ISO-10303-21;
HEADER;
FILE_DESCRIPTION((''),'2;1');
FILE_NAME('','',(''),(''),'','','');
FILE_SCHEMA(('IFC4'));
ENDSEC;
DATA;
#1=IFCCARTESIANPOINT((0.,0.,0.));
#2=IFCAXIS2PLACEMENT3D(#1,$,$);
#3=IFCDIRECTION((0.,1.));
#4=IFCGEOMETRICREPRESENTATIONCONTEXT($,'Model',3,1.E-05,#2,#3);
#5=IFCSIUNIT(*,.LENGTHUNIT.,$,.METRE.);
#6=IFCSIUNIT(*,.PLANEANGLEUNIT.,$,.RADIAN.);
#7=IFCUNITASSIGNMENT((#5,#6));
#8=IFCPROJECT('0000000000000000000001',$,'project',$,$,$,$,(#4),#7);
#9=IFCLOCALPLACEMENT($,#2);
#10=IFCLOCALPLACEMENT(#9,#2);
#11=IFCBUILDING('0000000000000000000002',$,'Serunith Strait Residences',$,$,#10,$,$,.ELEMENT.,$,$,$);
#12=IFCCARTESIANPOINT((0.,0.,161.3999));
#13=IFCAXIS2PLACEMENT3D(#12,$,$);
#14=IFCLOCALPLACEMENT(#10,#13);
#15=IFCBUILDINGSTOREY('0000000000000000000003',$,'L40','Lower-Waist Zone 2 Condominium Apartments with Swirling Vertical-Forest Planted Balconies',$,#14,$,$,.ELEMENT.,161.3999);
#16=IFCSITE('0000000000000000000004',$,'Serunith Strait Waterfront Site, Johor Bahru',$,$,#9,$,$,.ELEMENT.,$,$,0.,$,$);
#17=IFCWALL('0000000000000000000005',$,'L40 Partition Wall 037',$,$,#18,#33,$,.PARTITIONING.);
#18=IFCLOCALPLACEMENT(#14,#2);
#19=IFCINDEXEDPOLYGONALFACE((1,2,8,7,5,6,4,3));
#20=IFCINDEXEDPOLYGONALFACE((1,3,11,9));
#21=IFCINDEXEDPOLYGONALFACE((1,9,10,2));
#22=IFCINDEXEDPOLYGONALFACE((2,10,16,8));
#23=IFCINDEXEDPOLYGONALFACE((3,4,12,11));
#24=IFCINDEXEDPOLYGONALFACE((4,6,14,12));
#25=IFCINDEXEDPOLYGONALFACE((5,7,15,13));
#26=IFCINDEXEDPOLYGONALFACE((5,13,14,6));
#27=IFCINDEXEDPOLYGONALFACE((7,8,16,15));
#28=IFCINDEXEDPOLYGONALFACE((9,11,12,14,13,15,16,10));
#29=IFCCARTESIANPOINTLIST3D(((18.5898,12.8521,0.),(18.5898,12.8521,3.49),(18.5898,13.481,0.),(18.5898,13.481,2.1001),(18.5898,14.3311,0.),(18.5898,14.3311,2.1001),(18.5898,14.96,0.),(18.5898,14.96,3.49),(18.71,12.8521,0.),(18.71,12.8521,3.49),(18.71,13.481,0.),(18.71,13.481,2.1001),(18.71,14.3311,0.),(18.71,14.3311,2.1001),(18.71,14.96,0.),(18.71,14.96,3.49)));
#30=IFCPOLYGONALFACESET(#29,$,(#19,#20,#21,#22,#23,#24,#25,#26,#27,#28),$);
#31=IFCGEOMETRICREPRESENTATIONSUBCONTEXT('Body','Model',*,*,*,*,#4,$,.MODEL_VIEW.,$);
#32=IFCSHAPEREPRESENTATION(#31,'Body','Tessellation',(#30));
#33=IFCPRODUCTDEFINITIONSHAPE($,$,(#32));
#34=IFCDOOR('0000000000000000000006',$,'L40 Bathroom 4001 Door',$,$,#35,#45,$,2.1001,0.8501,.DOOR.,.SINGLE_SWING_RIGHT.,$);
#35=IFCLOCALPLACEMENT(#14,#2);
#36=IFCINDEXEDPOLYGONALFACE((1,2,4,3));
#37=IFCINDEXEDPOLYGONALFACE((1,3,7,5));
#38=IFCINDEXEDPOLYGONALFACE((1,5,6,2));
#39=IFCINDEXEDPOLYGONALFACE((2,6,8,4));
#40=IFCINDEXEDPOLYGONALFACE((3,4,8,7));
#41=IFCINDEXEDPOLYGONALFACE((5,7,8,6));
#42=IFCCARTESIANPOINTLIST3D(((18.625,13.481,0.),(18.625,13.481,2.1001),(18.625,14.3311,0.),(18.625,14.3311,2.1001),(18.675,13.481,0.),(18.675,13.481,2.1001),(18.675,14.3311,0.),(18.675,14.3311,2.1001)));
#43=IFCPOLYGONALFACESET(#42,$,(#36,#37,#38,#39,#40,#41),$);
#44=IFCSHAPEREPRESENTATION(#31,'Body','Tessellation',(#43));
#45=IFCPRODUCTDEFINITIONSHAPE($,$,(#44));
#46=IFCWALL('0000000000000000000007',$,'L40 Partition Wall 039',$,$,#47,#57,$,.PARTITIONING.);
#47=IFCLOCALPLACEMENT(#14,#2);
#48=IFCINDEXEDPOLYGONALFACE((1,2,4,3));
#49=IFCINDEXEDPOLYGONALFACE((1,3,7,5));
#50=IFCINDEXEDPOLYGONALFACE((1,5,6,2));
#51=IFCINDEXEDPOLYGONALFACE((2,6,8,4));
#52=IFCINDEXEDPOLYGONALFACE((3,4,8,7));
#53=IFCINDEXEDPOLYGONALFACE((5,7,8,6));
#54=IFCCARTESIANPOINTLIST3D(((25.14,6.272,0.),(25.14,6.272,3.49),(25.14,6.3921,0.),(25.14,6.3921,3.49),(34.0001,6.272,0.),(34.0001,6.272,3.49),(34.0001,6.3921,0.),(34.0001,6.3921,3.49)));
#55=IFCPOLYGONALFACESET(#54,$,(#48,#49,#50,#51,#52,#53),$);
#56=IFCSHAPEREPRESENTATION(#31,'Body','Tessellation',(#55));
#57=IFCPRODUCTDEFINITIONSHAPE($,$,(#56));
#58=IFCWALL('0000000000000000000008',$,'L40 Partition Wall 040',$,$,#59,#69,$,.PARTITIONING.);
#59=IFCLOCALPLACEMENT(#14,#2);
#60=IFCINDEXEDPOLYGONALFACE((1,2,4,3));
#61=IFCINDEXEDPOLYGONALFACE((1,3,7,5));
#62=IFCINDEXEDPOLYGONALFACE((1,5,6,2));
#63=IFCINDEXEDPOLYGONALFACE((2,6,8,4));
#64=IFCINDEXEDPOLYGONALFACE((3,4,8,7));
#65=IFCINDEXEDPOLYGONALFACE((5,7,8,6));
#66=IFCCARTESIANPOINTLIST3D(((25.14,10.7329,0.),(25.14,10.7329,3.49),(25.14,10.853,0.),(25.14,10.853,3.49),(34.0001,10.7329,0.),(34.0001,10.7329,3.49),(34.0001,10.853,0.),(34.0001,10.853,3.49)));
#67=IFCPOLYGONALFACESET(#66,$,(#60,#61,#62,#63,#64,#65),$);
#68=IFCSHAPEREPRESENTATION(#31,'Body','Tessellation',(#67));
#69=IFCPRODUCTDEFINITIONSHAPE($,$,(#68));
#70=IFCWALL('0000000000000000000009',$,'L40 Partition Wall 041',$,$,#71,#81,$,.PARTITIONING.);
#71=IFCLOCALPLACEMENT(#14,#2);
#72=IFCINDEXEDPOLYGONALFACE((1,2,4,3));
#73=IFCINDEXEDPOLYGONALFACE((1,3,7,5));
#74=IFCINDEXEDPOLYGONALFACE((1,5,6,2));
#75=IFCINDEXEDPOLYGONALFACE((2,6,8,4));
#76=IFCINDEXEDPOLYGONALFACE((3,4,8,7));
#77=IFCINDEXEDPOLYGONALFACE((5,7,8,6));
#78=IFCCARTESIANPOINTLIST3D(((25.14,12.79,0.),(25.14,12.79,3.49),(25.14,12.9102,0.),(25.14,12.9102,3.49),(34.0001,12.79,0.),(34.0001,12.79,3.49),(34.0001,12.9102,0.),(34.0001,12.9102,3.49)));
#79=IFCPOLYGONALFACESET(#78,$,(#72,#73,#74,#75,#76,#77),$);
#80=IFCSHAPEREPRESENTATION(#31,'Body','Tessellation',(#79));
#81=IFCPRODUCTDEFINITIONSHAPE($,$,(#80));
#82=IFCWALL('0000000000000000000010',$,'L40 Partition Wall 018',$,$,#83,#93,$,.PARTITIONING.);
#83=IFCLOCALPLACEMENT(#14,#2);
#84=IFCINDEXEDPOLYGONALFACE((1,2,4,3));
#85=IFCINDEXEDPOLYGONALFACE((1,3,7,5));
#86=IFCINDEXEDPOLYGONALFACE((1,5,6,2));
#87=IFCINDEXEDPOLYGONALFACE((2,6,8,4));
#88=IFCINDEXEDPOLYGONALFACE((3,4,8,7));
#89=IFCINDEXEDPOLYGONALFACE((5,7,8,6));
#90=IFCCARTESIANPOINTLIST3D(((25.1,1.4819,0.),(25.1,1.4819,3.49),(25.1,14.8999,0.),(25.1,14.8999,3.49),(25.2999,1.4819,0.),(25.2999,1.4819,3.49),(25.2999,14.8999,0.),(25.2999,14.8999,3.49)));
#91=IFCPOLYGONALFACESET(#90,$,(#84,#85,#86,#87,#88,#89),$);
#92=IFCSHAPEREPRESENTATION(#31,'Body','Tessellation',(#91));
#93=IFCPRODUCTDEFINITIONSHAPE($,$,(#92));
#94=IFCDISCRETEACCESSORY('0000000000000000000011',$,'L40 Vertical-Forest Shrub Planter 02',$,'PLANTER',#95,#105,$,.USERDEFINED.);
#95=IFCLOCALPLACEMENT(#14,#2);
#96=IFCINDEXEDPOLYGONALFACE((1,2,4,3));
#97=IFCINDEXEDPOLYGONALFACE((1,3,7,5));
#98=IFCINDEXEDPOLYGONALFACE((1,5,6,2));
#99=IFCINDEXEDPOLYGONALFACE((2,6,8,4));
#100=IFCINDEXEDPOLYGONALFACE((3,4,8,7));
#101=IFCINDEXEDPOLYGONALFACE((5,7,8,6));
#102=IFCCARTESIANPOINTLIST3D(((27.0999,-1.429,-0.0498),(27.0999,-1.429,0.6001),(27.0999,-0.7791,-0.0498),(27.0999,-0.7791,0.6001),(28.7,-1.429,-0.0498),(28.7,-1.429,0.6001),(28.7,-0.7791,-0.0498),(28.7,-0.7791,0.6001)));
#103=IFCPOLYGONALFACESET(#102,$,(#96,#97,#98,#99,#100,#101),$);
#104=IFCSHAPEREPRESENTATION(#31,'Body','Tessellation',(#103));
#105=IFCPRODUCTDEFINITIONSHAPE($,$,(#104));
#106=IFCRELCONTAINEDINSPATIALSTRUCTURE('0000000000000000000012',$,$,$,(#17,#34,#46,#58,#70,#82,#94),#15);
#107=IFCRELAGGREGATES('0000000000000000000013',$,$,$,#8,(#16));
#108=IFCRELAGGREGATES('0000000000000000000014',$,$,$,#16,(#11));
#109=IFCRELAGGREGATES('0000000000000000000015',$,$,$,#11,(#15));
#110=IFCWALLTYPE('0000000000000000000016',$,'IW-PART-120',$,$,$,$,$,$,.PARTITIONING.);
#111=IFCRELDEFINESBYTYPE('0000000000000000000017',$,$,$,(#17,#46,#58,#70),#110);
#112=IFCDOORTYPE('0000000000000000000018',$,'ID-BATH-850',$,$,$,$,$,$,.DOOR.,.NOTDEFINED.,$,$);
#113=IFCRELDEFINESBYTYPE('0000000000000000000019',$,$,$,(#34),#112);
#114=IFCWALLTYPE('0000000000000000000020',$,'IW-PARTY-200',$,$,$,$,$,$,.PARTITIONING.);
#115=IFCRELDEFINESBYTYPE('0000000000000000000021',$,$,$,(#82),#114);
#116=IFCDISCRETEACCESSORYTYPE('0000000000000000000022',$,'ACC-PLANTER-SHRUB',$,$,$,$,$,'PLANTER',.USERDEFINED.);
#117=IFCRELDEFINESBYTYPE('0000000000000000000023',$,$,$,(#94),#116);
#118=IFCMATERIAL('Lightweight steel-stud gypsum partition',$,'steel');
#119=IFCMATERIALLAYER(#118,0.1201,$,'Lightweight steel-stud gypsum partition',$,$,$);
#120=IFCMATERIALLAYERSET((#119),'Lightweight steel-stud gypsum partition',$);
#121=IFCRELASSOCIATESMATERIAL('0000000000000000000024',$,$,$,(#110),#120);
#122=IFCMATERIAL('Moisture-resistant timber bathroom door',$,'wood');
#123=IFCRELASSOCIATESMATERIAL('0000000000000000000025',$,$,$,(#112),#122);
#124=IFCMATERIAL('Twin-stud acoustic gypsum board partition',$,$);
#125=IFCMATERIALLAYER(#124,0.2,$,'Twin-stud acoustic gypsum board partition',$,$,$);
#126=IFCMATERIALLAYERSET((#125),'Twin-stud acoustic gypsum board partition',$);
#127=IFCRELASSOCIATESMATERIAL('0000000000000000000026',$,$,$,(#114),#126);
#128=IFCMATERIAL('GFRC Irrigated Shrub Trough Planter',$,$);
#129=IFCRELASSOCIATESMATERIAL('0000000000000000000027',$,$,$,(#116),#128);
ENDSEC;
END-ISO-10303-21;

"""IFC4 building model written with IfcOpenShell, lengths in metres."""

from ifc_helpers import new_model, si_unit, direction, frame, frame_2d, origin, origin_2d, place, context, subcontext, project, spatial, rectangle, extrude, source, transform, mapped, material, layer, layer_set, type_object, element, fill, save


model = new_model("IFC4")

# Units and contexts
model_context = context("Model", 3, precision=1e-05, world=origin(), true_north=direction((0.0, 1.0)))
body_context = subcontext(model_context, "Body", "Model", "MODEL_VIEW")
ifc_project = project(units=[si_unit("LENGTHUNIT", "METRE"), si_unit("PLANEANGLEUNIT", "RADIAN")], contexts=[model_context])

# Site, building, storey
site_placement = place(None, origin())
site = spatial("IfcSite", under=ifc_project, at=site_placement, Name="Serunith Strait Waterfront Site, Johor Bahru", CompositionType="ELEMENT", RefElevation=0.0)
building_placement = place(site_placement, origin())
building = spatial("IfcBuilding", under=site, at=building_placement, Name="Serunith Strait Residences", CompositionType="ELEMENT")
storey_placement = place(building_placement, frame((0.0, 0.0, 161.3999)))
storey = spatial("IfcBuildingStorey", under=building, at=storey_placement, Name="L40", Description="Lower-Waist Zone 2 Condominium Apartments with Swirling Vertical-Forest Planted Balconies", CompositionType="ELEMENT", Elevation=161.3999)

# Shared definitions
ifc_material_1 = material(Name="Lightweight steel-stud gypsum partition", Category="steel")
ifc_layer_1 = layer(ifc_material_1, 0.1201, Name="Lightweight steel-stud gypsum partition")
ifc_layer_set_1 = layer_set([ifc_layer_1], Name="Lightweight steel-stud gypsum partition")
wall_type_1 = type_object("IfcWallType", Name="IW-PART-120", PredefinedType="PARTITIONING", material=ifc_layer_set_1)
shared_shape_1 = source(origin(), body_context, "Body", "SweptSolid", [
    extrude(rectangle(XDim=0.8501, YDim=2.1001, at=frame_2d((0.425, 1.05))), frame((0.0, 0.0249, 0.0), z_axis=(0.0, -1.0, 0.0), x_axis=(1.0, 0.0, 0.0)), (0.0, 0.0, 1.0), 0.05),
])

# Wall, opening, door
wall_1_placement = place(storey_placement, frame((18.6499, 12.8521, 0.0), z_axis=(0.0, 0.0, 1.0), x_axis=(0.0, 1.0, 0.0)))
wall_1 = element("IfcWall", 1, at=wall_1_placement, inside=storey, type_object=wall_type_1, Name="L40 Partition Wall 037", PredefinedType="PARTITIONING", context=body_context, shape_type="SweptSolid", body=[
    extrude(rectangle(XDim=2.1079, YDim=0.1201, at=frame_2d((1.054, 0.0))), origin(), (0.0, 0.0, 1.0), 3.49),
])
opening_1_placement = place(wall_1_placement, frame((0.6289, 0.0, 0.0)))
opening_1 = element("IfcOpeningElement", 2, at=opening_1_placement, cuts=wall_1, PredefinedType="OPENING", context=body_context, shape_type="SweptSolid", body=[
    extrude(rectangle(XDim=0.8501, YDim=2.1001, at=frame_2d((0.425, 1.05))), frame((0.0, 0.0701, 0.0), z_axis=(0.0, -1.0, 0.0), x_axis=(1.0, 0.0, 0.0)), (0.0, 0.0, 1.0), 0.1401),
])
ifc_material_2 = material(Name="Moisture-resistant timber bathroom door", Category="wood")
door_type_1 = type_object("IfcDoorType", Name="ID-BATH-850", OperationType="NOTDEFINED", PredefinedType="DOOR", material=ifc_material_2)
door_1_placement = place(opening_1_placement, origin())
door_1 = element("IfcDoor", 3, at=door_1_placement, inside=storey, type_object=door_type_1, Name="L40 Bathroom 4001 Door", OperationType="SINGLE_SWING_RIGHT", OverallHeight=2.1001, OverallWidth=0.8501, PredefinedType="DOOR", context=body_context, shape_type="MappedRepresentation", body=[
    mapped(shared_shape_1, transform((0.0, 0.0, 0.0), scale=1.0)),
])
fill(opening_1, door_1)

# Walls
for number, where, z_axis, x_axis, name in (
    (4, (25.1399, 6.332, 0.0), (0.0, 0.0, 1.0), (1.0, 0.0, 0.0), "L40 Partition Wall 039"),
    (5, (25.1399, 10.793, 0.0), (0.0, 0.0, 1.0), (1.0, 0.0, 0.0), "L40 Partition Wall 040"),
    (6, (25.1399, 12.8501, 0.0), (0.0, 0.0, 1.0), (1.0, 0.0, 0.0), "L40 Partition Wall 041"),
):
    element("IfcWall", number, at=place(storey_placement, frame(where, z_axis=z_axis, x_axis=x_axis)), inside=storey, type_object=wall_type_1, Name=name, PredefinedType="PARTITIONING", context=body_context, shape_type="SweptSolid", body=[
        extrude(rectangle(XDim=8.8601, YDim=0.1201, at=frame_2d((4.4302, 0.0))), origin(), (0.0, 0.0, 1.0), 3.49),
    ])
ifc_material_3 = material(Name="Twin-stud acoustic gypsum board partition")
ifc_layer_2 = layer(ifc_material_3, 0.2, Name="Twin-stud acoustic gypsum board partition")
ifc_layer_set_2 = layer_set([ifc_layer_2], Name="Twin-stud acoustic gypsum board partition")
wall_type_2 = type_object("IfcWallType", Name="IW-PARTY-200", PredefinedType="PARTITIONING", material=ifc_layer_set_2)
wall_2_placement = place(storey_placement, frame((25.2, 1.4819, 0.0), z_axis=(0.0, 0.0, 1.0), x_axis=(0.0, 1.0, 0.0)))
element("IfcWall", 7, at=wall_2_placement, inside=storey, type_object=wall_type_2, Name="L40 Partition Wall 018", PredefinedType="PARTITIONING", context=body_context, shape_type="SweptSolid", body=[
    extrude(rectangle(XDim=13.418, YDim=0.2, at=frame_2d((6.709, 0.0))), origin(), (0.0, 0.0, 1.0), 3.49),
])

# Discrete accessory
ifc_material_4 = material(Name="GFRC Irrigated Shrub Trough Planter")
discrete_accessory_type = type_object("IfcDiscreteAccessoryType", Name="ACC-PLANTER-SHRUB", ElementType="PLANTER", PredefinedType="USERDEFINED", material=ifc_material_4)
shared_shape_2 = source(origin(), body_context, "Body", "SweptSolid", [
    extrude(rectangle(XDim=1.6001, YDim=0.6499, at=origin_2d()), origin(), (0.0, 0.0, 1.0), 0.6499),
])
discrete_accessory_placement = place(storey_placement, frame((27.8999, -1.104, -0.0498), z_axis=(0.0, 0.0, 1.0), x_axis=(1.0, 0.0, 0.0)))
element("IfcDiscreteAccessory", 8, at=discrete_accessory_placement, inside=storey, type_object=discrete_accessory_type, Name="L40 Vertical-Forest Shrub Planter 02", ObjectType="PLANTER", PredefinedType="USERDEFINED", context=body_context, shape_type="MappedRepresentation", body=[
    mapped(shared_shape_2, transform((0.0, 0.0, 0.0), scale=1.0)),
])

save(model, "model.ifc")
